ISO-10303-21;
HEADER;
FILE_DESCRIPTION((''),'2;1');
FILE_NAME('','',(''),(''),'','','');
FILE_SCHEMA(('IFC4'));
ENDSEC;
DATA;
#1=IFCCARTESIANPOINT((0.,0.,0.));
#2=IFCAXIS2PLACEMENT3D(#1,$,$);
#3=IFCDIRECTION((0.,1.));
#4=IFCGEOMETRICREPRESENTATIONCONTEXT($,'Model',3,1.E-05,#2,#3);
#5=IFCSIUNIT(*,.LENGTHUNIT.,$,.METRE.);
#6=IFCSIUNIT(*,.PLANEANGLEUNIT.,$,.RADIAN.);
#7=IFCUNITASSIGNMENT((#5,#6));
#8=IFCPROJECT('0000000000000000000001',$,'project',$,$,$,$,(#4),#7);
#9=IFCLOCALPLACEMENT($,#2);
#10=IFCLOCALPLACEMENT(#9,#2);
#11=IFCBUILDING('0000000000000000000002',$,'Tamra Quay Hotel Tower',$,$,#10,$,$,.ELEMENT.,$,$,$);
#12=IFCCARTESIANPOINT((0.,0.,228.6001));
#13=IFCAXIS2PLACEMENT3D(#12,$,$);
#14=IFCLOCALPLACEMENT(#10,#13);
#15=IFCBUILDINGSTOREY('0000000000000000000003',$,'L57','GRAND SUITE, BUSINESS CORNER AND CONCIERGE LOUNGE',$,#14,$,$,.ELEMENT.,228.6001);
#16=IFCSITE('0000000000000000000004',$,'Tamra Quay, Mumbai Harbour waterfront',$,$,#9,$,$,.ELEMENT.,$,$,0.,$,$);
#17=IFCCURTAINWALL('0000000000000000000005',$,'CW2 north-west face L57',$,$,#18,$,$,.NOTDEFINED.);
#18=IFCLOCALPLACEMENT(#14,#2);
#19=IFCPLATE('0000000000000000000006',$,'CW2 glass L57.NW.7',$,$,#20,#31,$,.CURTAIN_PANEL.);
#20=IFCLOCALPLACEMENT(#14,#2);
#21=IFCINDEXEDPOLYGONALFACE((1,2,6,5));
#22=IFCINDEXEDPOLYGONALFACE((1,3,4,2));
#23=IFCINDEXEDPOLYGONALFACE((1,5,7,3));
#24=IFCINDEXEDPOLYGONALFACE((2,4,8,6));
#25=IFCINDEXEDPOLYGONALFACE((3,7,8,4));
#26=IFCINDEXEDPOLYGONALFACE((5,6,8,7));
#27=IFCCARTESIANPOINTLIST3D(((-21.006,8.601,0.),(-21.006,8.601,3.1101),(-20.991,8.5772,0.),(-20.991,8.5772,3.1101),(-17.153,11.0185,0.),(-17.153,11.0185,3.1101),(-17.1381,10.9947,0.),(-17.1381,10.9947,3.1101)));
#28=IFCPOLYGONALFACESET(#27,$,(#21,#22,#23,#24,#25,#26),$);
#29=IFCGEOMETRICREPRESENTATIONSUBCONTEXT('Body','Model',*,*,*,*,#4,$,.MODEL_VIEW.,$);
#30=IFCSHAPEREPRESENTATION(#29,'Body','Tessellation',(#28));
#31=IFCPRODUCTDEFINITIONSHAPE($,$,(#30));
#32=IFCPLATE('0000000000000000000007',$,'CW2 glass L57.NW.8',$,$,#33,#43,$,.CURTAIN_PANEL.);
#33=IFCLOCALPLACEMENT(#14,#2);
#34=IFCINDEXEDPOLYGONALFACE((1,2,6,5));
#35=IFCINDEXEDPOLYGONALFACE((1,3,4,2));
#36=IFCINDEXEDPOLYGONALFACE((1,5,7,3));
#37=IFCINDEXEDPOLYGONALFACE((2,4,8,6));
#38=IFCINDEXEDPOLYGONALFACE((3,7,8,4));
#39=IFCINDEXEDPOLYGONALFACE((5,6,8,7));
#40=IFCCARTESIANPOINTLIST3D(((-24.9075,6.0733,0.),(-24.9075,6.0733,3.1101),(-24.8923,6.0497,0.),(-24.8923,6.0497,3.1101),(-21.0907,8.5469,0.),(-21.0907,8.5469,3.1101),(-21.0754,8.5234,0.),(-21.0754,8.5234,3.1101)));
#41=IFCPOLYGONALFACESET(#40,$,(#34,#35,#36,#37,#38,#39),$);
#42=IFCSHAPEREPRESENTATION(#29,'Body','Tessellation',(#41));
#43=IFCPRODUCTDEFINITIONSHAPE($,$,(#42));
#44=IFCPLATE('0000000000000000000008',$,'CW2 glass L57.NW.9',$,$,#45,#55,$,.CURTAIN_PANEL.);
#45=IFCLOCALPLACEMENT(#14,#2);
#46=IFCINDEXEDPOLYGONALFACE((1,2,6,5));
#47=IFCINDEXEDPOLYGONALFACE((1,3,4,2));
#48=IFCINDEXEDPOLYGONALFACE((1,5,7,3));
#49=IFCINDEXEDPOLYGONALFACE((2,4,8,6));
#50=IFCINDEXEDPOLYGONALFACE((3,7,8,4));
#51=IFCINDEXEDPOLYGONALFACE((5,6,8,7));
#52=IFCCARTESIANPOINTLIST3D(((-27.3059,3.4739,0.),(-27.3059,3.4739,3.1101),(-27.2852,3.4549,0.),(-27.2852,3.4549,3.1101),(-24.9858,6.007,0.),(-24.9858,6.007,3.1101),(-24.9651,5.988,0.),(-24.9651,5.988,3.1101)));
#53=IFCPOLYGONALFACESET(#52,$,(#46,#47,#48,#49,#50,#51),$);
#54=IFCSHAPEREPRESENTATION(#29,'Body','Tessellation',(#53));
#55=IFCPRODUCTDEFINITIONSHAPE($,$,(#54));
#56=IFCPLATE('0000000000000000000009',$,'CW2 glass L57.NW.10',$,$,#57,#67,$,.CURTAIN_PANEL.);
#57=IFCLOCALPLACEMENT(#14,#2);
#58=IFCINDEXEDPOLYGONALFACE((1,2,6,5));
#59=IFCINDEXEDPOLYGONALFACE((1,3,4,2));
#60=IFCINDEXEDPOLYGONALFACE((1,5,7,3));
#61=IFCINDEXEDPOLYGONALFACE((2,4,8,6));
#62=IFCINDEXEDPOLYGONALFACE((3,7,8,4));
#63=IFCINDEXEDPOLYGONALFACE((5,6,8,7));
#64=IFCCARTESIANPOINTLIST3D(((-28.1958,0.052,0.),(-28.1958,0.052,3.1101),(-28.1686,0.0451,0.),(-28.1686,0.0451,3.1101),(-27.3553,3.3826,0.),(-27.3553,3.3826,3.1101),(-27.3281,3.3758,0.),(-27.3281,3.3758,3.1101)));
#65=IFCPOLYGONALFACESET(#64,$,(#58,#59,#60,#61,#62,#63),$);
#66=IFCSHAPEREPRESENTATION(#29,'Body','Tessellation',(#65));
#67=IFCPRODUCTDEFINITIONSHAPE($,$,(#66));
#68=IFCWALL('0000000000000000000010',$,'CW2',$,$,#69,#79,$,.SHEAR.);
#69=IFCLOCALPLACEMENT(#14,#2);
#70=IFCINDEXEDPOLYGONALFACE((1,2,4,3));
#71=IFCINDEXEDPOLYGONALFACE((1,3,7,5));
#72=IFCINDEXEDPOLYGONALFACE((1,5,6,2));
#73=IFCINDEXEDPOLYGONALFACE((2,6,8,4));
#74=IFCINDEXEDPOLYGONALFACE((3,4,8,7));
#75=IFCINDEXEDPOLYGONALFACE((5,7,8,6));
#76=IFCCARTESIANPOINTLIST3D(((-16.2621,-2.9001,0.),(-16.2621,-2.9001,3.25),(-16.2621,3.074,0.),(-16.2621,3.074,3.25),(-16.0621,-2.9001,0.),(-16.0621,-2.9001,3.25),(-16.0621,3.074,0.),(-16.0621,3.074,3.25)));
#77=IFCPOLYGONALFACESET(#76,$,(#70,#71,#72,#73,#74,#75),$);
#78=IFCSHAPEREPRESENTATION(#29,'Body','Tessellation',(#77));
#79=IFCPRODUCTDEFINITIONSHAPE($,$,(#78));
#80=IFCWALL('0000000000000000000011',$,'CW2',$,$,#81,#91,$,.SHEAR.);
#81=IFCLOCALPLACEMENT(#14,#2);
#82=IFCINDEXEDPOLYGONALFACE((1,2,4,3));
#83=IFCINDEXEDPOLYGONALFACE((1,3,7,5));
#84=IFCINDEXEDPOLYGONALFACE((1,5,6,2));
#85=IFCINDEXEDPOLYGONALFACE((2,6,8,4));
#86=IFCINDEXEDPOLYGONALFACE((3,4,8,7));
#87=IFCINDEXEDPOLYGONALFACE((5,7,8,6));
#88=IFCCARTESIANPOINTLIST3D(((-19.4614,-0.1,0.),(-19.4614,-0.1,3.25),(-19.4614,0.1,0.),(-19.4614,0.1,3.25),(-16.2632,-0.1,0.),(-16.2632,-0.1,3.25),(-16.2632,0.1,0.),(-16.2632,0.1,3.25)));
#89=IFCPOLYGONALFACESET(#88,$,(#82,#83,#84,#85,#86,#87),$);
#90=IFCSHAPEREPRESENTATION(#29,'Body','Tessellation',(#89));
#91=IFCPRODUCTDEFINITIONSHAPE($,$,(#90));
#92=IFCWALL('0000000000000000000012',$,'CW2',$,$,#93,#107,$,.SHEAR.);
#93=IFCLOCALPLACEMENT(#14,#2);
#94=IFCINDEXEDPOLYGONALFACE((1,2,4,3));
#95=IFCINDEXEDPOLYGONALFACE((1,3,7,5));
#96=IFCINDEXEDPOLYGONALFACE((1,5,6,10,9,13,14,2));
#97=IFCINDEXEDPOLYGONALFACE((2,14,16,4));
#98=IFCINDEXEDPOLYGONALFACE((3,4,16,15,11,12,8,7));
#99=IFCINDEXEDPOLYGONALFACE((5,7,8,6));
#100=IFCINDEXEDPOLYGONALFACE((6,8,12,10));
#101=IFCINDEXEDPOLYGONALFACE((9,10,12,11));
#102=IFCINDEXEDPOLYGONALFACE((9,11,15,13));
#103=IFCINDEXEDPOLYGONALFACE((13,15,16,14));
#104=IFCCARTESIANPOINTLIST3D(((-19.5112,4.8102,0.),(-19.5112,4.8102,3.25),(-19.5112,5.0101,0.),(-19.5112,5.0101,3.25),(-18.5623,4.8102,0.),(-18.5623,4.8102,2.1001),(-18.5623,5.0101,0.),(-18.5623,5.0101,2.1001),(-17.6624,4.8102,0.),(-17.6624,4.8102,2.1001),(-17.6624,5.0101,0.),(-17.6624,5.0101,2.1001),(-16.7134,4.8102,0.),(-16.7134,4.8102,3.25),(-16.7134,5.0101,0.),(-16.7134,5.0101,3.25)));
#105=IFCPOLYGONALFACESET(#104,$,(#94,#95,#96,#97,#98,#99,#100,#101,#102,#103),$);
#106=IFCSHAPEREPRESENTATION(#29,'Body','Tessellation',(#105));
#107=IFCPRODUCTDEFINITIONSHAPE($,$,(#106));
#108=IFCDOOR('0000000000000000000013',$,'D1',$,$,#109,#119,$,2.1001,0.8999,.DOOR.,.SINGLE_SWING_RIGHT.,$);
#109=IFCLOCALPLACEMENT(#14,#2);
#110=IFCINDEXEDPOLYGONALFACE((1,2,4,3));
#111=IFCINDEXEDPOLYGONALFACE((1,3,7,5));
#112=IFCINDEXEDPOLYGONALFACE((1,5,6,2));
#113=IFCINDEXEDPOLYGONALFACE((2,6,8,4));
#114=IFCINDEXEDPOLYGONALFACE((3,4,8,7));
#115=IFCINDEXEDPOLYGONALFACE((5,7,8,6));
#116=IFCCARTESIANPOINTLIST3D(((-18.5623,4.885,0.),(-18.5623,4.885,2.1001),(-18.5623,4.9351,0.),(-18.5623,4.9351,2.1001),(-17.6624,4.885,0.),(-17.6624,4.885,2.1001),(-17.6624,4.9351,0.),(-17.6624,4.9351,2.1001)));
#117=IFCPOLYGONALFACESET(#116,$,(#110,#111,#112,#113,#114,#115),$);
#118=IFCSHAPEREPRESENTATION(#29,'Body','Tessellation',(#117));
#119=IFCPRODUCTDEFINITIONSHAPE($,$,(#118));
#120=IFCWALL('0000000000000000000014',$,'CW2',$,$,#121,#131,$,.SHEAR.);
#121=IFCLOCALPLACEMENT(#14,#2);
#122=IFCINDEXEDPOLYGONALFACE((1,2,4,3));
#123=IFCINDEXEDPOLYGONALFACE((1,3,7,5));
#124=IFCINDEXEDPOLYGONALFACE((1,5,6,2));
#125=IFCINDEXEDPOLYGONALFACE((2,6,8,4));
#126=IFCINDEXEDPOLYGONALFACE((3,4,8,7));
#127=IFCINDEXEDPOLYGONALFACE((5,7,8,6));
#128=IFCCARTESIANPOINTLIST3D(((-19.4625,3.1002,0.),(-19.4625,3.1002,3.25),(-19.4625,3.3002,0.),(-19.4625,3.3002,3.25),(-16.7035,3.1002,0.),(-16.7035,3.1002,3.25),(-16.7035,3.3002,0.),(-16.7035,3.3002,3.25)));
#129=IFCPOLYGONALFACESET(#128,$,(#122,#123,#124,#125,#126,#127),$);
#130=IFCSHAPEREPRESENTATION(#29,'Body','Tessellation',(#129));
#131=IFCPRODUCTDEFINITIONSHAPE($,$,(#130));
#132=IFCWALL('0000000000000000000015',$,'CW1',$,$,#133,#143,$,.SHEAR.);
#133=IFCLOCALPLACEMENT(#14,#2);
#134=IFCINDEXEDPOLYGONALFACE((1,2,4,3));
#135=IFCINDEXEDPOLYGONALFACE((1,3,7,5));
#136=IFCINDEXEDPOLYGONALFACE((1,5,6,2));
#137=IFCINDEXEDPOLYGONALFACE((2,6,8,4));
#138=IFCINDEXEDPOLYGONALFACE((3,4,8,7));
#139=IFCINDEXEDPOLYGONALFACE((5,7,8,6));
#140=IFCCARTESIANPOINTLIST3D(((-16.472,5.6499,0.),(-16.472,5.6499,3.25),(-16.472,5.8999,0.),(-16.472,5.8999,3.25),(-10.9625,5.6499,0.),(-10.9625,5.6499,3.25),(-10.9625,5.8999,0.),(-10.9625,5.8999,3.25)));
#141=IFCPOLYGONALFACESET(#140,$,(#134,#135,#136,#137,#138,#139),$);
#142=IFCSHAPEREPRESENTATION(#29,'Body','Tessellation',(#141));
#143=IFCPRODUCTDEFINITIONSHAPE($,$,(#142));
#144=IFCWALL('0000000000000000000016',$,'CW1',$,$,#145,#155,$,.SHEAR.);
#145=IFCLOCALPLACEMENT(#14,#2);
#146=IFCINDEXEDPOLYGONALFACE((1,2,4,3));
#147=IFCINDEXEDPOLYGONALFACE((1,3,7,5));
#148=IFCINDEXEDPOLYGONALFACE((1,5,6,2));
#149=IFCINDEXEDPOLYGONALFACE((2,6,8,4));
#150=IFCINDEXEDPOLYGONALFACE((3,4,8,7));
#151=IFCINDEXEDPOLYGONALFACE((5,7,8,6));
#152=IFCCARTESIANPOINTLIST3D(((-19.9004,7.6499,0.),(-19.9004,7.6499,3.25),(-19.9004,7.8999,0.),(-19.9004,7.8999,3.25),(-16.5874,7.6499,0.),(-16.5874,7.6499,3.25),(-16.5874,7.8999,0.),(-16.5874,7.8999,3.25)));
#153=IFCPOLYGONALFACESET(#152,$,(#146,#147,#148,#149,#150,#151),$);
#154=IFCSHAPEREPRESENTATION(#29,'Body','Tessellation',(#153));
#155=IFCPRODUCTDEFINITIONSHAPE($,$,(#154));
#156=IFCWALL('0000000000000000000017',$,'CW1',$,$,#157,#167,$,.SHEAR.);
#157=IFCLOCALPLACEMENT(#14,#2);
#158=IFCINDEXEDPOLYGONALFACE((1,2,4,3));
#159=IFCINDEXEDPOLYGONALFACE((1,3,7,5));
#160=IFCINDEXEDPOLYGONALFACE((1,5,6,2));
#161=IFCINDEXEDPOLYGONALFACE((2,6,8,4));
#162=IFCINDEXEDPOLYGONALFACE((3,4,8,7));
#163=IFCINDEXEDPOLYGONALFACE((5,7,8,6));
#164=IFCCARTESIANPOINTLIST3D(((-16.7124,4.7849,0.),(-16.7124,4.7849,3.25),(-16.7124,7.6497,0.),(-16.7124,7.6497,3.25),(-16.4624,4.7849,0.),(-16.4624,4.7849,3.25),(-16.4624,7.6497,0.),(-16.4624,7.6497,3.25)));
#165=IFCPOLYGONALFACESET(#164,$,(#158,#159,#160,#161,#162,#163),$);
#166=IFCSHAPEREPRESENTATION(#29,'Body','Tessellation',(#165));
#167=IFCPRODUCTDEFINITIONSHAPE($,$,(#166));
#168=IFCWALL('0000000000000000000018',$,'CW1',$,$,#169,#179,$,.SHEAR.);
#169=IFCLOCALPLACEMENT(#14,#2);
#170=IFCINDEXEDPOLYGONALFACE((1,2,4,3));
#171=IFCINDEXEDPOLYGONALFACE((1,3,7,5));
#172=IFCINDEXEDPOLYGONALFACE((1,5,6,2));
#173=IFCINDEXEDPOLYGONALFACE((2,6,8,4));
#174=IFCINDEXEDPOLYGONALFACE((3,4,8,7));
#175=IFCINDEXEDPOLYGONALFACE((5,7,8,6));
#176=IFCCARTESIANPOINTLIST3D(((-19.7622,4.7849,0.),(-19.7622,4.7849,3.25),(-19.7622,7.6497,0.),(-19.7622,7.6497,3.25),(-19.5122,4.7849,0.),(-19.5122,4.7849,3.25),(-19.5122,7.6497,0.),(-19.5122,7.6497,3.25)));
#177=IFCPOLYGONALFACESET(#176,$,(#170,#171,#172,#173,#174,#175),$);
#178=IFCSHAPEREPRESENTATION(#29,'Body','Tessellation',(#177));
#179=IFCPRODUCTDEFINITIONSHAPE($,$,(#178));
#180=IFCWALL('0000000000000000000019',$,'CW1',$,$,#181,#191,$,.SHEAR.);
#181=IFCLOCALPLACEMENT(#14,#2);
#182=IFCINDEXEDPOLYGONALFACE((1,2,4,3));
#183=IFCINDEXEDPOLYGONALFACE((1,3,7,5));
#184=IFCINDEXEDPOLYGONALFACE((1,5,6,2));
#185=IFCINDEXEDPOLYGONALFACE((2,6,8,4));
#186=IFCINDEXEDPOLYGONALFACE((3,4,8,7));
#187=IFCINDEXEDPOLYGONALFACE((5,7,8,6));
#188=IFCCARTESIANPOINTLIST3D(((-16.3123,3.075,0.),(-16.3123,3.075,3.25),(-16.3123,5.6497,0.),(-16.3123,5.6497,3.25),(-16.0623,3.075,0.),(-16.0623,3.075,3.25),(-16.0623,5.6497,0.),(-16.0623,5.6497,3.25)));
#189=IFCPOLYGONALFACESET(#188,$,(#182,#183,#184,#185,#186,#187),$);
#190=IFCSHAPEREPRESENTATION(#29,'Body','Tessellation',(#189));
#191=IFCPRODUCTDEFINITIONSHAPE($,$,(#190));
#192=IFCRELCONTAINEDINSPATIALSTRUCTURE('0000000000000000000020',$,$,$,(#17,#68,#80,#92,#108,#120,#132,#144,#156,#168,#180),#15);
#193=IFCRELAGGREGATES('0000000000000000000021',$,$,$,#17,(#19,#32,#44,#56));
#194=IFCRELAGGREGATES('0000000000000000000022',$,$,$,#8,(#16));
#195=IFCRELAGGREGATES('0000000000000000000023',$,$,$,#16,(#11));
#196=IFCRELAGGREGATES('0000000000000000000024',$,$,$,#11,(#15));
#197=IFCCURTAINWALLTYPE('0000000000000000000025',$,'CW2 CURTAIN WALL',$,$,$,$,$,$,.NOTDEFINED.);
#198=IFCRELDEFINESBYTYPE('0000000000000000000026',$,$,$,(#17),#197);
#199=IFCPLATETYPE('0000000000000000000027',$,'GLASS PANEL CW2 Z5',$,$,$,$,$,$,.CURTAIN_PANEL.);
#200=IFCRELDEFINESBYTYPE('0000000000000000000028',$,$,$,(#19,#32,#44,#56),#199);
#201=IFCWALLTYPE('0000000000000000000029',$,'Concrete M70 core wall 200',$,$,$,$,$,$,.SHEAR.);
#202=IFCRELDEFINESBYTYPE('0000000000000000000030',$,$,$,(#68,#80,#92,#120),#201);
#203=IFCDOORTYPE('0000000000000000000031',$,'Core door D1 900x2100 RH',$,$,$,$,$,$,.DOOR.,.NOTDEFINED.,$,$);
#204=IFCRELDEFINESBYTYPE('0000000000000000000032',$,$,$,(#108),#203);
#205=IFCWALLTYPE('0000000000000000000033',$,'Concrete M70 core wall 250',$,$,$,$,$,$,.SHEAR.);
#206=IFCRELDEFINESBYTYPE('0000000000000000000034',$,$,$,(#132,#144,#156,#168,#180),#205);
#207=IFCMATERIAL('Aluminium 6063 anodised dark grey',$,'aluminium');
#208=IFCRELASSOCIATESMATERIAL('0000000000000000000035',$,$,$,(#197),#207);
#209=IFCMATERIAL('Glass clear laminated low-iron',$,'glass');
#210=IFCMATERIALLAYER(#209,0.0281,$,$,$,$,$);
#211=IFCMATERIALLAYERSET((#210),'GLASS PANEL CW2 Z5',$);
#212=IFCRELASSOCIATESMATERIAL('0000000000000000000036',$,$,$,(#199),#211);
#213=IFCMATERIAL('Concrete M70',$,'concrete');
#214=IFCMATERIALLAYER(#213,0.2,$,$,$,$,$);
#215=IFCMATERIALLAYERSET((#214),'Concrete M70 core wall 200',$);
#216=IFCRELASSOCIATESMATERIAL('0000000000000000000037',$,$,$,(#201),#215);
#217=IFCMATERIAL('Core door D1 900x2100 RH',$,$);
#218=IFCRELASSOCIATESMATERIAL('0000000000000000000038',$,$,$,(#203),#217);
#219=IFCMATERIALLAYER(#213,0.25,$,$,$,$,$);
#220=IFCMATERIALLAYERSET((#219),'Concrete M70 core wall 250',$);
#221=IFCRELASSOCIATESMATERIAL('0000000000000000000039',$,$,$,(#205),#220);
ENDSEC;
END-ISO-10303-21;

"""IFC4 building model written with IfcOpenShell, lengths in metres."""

from ifc_helpers import new_model, si_unit, direction, frame, frame_2d, origin, origin_2d, place, context, subcontext, project, spatial, rectangle, extrude, material, layer, layer_set, type_object, element, fill, aggregate, save


model = new_model("IFC4")

# Units and contexts
model_context = context("Model", 3, precision=1e-05, world=origin(), true_north=direction((0.0, 1.0)))
body_context = subcontext(model_context, "Body", "Model", "MODEL_VIEW")
ifc_project = project(units=[si_unit("LENGTHUNIT", "METRE"), si_unit("PLANEANGLEUNIT", "RADIAN")], contexts=[model_context])

# Site, building, storey
site_placement = place(None, origin())
site = spatial("IfcSite", under=ifc_project, at=site_placement, Name="Tamra Quay, Mumbai Harbour waterfront", CompositionType="ELEMENT", RefElevation=0.0)
building_placement = place(site_placement, origin())
building = spatial("IfcBuilding", under=site, at=building_placement, Name="Tamra Quay Hotel Tower", CompositionType="ELEMENT")
storey_placement = place(building_placement, frame((0.0, 0.0, 228.6001)))
storey = spatial("IfcBuildingStorey", under=building, at=storey_placement, Name="L57", Description="GRAND SUITE, BUSINESS CORNER AND CONCIERGE LOUNGE", CompositionType="ELEMENT", Elevation=228.6001)

# Shared definitions
ifc_material_1 = material(Name="Concrete M70", Category="concrete")

# Curtain wall
ifc_material_2 = material(Name="Aluminium 6063 anodised dark grey", Category="aluminium")
curtain_wall_type = type_object("IfcCurtainWallType", Name="CW2 CURTAIN WALL", PredefinedType="NOTDEFINED", material=ifc_material_2)
curtain_wall_placement = place(storey_placement, origin())
curtain_wall = element("IfcCurtainWall", 1, at=curtain_wall_placement, inside=storey, type_object=curtain_wall_type, Name="CW2 north-west face L57", PredefinedType="NOTDEFINED")

# Plates
ifc_material_3 = material(Name="Glass clear laminated low-iron", Category="glass")
ifc_layer_1 = layer(ifc_material_3, 0.0281)
ifc_layer_set_1 = layer_set([ifc_layer_1], Name="GLASS PANEL CW2 Z5")
plate_type = type_object("IfcPlateType", Name="GLASS PANEL CW2 Z5", PredefinedType="CURTAIN_PANEL", material=ifc_layer_set_1)
plate_1_placement = place(storey_placement, frame((-19.072, 9.7979, 0.0), z_axis=(0.0, 0.0, 1.0), x_axis=(-0.847068, -0.531484, 0.0)))
plate_1 = element("IfcPlate", 2, at=plate_1_placement, type_object=plate_type, Name="CW2 glass L57.NW.7", PredefinedType="CURTAIN_PANEL", context=body_context, shape_type="SweptSolid", body=[
    extrude(rectangle(XDim=4.5486, YDim=0.0281, at=origin_2d()), origin(), (0.0, 0.0, 1.0), 3.1101),
])
plate_2_placement = place(storey_placement, frame((-22.9915, 7.2983, 0.0), z_axis=(0.0, 0.0, 1.0), x_axis=(-0.839179, -0.543856, 0.0)))
plate_2 = element("IfcPlate", 3, at=plate_2_placement, type_object=plate_type, Name="CW2 glass L57.NW.8", PredefinedType="CURTAIN_PANEL", context=body_context, shape_type="SweptSolid", body=[
    extrude(rectangle(XDim=4.5483, YDim=0.0281, at=origin_2d()), origin(), (0.0, 0.0, 1.0), 3.1101),
])
plate_3_placement = place(storey_placement, frame((-26.1355, 4.731, 0.0), z_axis=(0.0, 0.0, 1.0), x_axis=(-0.675438, -0.737417, 0.0)))
plate_3 = element("IfcPlate", 4, at=plate_3_placement, type_object=plate_type, Name="CW2 glass L57.NW.9", PredefinedType="CURTAIN_PANEL", context=body_context, shape_type="SweptSolid", body=[
    extrude(rectangle(XDim=3.4351, YDim=0.0281, at=origin_2d()), origin(), (0.0, 0.0, 1.0), 3.1101),
])
plate_4_placement = place(storey_placement, frame((-27.762, 1.7139, 0.0), z_axis=(0.0, 0.0, 1.0), x_axis=(-0.244677, -0.969605, 0.0)))
plate_4 = element("IfcPlate", 5, at=plate_4_placement, type_object=plate_type, Name="CW2 glass L57.NW.10", PredefinedType="CURTAIN_PANEL", context=body_context, shape_type="SweptSolid", body=[
    extrude(rectangle(XDim=3.4351, YDim=0.0281, at=origin_2d()), origin(), (0.0, 0.0, 1.0), 3.1101),
])
aggregate(curtain_wall, [plate_1, plate_2, plate_3, plate_4])

# Walls
ifc_layer_2 = layer(ifc_material_1, 0.2)
ifc_layer_set_2 = layer_set([ifc_layer_2], Name="Concrete M70 core wall 200")
wall_type_1 = type_object("IfcWallType", Name="Concrete M70 core wall 200", PredefinedType="SHEAR", material=ifc_layer_set_2)
wall_1_placement = place(storey_placement, frame((-16.1621, 3.074, 0.0), z_axis=(0.0, 0.0, 1.0), x_axis=(0.0, -1.0, 0.0)))
element("IfcWall", 6, at=wall_1_placement, inside=storey, type_object=wall_type_1, Name="CW2", PredefinedType="SHEAR", context=body_context, shape_type="SweptSolid", body=[
    extrude(rectangle(XDim=5.9741, YDim=0.2, at=frame_2d((2.9871, 0.0))), origin(), (0.0, 0.0, 1.0), 3.25),
])
wall_2_placement = place(storey_placement, frame((-16.2632, 0.0, 0.0), z_axis=(0.0, 0.0, 1.0), x_axis=(-1.0, 0.0, 0.0)))
element("IfcWall", 7, at=wall_2_placement, inside=storey, type_object=wall_type_1, Name="CW2", PredefinedType="SHEAR", context=body_context, shape_type="SweptSolid", body=[
    extrude(rectangle(XDim=3.1982, YDim=0.2, at=frame_2d((1.5991, 0.0))), origin(), (0.0, 0.0, 1.0), 3.25),
])

# Wall, opening, door
wall_3_placement = place(storey_placement, frame((-19.5112, 4.9102, 0.0), z_axis=(0.0, 0.0, 1.0), x_axis=(1.0, 0.0, 0.0)))
wall_3 = element("IfcWall", 8, at=wall_3_placement, inside=storey, type_object=wall_type_1, Name="CW2", PredefinedType="SHEAR", context=body_context, shape_type="SweptSolid", body=[
    extrude(rectangle(XDim=2.7979, YDim=0.2, at=frame_2d((1.3989, 0.0))), origin(), (0.0, 0.0, 1.0), 3.25),
])
opening_placement = place(wall_3_placement, frame((0.949, 0.0, 0.0)))
opening = element("IfcOpeningElement", 9, at=opening_placement, cuts=wall_3, PredefinedType="OPENING", context=body_context, shape_type="SweptSolid", body=[
    extrude(rectangle(XDim=0.8999, YDim=2.1001, at=frame_2d((0.45, 1.05))), frame((0.0, 0.1099, 0.0), z_axis=(0.0, -1.0, 0.0), x_axis=(1.0, 0.0, 0.0)), (0.0, 0.0, 1.0), 0.22),
])
ifc_material_4 = material(Name="Core door D1 900x2100 RH")
door_type = type_object("IfcDoorType", Name="Core door D1 900x2100 RH", OperationType="NOTDEFINED", PredefinedType="DOOR", material=ifc_material_4)
door_placement = place(opening_placement, origin())
door = element("IfcDoor", 10, at=door_placement, inside=storey, type_object=door_type, Name="D1", OperationType="SINGLE_SWING_RIGHT", OverallHeight=2.1001, OverallWidth=0.8999, PredefinedType="DOOR", context=body_context, shape_type="SweptSolid", body=[
    extrude(rectangle(XDim=0.8999, YDim=2.1001, at=frame_2d((0.45, 1.05))), frame((0.0, 0.0249, 0.0), z_axis=(0.0, -1.0, 0.0), x_axis=(1.0, 0.0, 0.0)), (0.0, 0.0, 1.0), 0.05),
])
fill(opening, door)

# Walls
wall_4_placement = place(storey_placement, frame((-19.4624, 3.2002, 0.0), z_axis=(0.0, 0.0, 1.0), x_axis=(1.0, 0.0, 0.0)))
element("IfcWall", 11, at=wall_4_placement, inside=storey, type_object=wall_type_1, Name="CW2", PredefinedType="SHEAR", context=body_context, shape_type="SweptSolid", body=[
    extrude(rectangle(XDim=2.759, YDim=0.2, at=frame_2d((1.3794, 0.0))), origin(), (0.0, 0.0, 1.0), 3.25),
])
ifc_layer_3 = layer(ifc_material_1, 0.25)
ifc_layer_set_3 = layer_set([ifc_layer_3], Name="Concrete M70 core wall 250")
wall_type_2 = type_object("IfcWallType", Name="Concrete M70 core wall 250", PredefinedType="SHEAR", material=ifc_layer_set_3)
wall_5_placement = place(storey_placement, frame((-16.4722, 5.7749, 0.0), z_axis=(0.0, 0.0, 1.0), x_axis=(1.0, 0.0, 0.0)))
element("IfcWall", 12, at=wall_5_placement, inside=storey, type_object=wall_type_2, Name="CW1", PredefinedType="SHEAR", context=body_context, shape_type="SweptSolid", body=[
    extrude(rectangle(XDim=5.5095, YDim=0.25, at=frame_2d((2.7549, 0.0))), origin(), (0.0, 0.0, 1.0), 3.25),
])
wall_6_placement = place(storey_placement, frame((-19.9004, 7.7749, 0.0), z_axis=(0.0, 0.0, 1.0), x_axis=(1.0, 0.0, 0.0)))
element("IfcWall", 13, at=wall_6_placement, inside=storey, type_object=wall_type_2, Name="CW1", PredefinedType="SHEAR", context=body_context, shape_type="SweptSolid", body=[
    extrude(rectangle(XDim=3.313, YDim=0.25, at=frame_2d((1.6565, 0.0))), origin(), (0.0, 0.0, 1.0), 3.25),
])
for number, where, z_axis, x_axis, name in (
    (14, (-16.5874, 7.6497, 0.0), (0.0, 0.0, 1.0), (0.0, -1.0, 0.0), "CW1"),
    (15, (-19.6372, 4.7849, 0.0), (0.0, 0.0, 1.0), (0.0, 1.0, 0.0), "CW1"),
):
    element("IfcWall", number, at=place(storey_placement, frame(where, z_axis=z_axis, x_axis=x_axis)), inside=storey, type_object=wall_type_2, Name=name, PredefinedType="SHEAR", context=body_context, shape_type="SweptSolid", body=[
        extrude(rectangle(XDim=2.8647, YDim=0.25, at=frame_2d((1.4324, 0.0))), origin(), (0.0, 0.0, 1.0), 3.25),
    ])
wall_7_placement = place(storey_placement, frame((-16.1873, 3.075, 0.0), z_axis=(0.0, 0.0, 1.0), x_axis=(0.0, 1.0, 0.0)))
element("IfcWall", 16, at=wall_7_placement, inside=storey, type_object=wall_type_2, Name="CW1", PredefinedType="SHEAR", context=body_context, shape_type="SweptSolid", body=[
    extrude(rectangle(XDim=2.5747, YDim=0.25, at=frame_2d((1.2874, 0.0))), origin(), (0.0, 0.0, 1.0), 3.25),
])

save(model, "model.ifc")
